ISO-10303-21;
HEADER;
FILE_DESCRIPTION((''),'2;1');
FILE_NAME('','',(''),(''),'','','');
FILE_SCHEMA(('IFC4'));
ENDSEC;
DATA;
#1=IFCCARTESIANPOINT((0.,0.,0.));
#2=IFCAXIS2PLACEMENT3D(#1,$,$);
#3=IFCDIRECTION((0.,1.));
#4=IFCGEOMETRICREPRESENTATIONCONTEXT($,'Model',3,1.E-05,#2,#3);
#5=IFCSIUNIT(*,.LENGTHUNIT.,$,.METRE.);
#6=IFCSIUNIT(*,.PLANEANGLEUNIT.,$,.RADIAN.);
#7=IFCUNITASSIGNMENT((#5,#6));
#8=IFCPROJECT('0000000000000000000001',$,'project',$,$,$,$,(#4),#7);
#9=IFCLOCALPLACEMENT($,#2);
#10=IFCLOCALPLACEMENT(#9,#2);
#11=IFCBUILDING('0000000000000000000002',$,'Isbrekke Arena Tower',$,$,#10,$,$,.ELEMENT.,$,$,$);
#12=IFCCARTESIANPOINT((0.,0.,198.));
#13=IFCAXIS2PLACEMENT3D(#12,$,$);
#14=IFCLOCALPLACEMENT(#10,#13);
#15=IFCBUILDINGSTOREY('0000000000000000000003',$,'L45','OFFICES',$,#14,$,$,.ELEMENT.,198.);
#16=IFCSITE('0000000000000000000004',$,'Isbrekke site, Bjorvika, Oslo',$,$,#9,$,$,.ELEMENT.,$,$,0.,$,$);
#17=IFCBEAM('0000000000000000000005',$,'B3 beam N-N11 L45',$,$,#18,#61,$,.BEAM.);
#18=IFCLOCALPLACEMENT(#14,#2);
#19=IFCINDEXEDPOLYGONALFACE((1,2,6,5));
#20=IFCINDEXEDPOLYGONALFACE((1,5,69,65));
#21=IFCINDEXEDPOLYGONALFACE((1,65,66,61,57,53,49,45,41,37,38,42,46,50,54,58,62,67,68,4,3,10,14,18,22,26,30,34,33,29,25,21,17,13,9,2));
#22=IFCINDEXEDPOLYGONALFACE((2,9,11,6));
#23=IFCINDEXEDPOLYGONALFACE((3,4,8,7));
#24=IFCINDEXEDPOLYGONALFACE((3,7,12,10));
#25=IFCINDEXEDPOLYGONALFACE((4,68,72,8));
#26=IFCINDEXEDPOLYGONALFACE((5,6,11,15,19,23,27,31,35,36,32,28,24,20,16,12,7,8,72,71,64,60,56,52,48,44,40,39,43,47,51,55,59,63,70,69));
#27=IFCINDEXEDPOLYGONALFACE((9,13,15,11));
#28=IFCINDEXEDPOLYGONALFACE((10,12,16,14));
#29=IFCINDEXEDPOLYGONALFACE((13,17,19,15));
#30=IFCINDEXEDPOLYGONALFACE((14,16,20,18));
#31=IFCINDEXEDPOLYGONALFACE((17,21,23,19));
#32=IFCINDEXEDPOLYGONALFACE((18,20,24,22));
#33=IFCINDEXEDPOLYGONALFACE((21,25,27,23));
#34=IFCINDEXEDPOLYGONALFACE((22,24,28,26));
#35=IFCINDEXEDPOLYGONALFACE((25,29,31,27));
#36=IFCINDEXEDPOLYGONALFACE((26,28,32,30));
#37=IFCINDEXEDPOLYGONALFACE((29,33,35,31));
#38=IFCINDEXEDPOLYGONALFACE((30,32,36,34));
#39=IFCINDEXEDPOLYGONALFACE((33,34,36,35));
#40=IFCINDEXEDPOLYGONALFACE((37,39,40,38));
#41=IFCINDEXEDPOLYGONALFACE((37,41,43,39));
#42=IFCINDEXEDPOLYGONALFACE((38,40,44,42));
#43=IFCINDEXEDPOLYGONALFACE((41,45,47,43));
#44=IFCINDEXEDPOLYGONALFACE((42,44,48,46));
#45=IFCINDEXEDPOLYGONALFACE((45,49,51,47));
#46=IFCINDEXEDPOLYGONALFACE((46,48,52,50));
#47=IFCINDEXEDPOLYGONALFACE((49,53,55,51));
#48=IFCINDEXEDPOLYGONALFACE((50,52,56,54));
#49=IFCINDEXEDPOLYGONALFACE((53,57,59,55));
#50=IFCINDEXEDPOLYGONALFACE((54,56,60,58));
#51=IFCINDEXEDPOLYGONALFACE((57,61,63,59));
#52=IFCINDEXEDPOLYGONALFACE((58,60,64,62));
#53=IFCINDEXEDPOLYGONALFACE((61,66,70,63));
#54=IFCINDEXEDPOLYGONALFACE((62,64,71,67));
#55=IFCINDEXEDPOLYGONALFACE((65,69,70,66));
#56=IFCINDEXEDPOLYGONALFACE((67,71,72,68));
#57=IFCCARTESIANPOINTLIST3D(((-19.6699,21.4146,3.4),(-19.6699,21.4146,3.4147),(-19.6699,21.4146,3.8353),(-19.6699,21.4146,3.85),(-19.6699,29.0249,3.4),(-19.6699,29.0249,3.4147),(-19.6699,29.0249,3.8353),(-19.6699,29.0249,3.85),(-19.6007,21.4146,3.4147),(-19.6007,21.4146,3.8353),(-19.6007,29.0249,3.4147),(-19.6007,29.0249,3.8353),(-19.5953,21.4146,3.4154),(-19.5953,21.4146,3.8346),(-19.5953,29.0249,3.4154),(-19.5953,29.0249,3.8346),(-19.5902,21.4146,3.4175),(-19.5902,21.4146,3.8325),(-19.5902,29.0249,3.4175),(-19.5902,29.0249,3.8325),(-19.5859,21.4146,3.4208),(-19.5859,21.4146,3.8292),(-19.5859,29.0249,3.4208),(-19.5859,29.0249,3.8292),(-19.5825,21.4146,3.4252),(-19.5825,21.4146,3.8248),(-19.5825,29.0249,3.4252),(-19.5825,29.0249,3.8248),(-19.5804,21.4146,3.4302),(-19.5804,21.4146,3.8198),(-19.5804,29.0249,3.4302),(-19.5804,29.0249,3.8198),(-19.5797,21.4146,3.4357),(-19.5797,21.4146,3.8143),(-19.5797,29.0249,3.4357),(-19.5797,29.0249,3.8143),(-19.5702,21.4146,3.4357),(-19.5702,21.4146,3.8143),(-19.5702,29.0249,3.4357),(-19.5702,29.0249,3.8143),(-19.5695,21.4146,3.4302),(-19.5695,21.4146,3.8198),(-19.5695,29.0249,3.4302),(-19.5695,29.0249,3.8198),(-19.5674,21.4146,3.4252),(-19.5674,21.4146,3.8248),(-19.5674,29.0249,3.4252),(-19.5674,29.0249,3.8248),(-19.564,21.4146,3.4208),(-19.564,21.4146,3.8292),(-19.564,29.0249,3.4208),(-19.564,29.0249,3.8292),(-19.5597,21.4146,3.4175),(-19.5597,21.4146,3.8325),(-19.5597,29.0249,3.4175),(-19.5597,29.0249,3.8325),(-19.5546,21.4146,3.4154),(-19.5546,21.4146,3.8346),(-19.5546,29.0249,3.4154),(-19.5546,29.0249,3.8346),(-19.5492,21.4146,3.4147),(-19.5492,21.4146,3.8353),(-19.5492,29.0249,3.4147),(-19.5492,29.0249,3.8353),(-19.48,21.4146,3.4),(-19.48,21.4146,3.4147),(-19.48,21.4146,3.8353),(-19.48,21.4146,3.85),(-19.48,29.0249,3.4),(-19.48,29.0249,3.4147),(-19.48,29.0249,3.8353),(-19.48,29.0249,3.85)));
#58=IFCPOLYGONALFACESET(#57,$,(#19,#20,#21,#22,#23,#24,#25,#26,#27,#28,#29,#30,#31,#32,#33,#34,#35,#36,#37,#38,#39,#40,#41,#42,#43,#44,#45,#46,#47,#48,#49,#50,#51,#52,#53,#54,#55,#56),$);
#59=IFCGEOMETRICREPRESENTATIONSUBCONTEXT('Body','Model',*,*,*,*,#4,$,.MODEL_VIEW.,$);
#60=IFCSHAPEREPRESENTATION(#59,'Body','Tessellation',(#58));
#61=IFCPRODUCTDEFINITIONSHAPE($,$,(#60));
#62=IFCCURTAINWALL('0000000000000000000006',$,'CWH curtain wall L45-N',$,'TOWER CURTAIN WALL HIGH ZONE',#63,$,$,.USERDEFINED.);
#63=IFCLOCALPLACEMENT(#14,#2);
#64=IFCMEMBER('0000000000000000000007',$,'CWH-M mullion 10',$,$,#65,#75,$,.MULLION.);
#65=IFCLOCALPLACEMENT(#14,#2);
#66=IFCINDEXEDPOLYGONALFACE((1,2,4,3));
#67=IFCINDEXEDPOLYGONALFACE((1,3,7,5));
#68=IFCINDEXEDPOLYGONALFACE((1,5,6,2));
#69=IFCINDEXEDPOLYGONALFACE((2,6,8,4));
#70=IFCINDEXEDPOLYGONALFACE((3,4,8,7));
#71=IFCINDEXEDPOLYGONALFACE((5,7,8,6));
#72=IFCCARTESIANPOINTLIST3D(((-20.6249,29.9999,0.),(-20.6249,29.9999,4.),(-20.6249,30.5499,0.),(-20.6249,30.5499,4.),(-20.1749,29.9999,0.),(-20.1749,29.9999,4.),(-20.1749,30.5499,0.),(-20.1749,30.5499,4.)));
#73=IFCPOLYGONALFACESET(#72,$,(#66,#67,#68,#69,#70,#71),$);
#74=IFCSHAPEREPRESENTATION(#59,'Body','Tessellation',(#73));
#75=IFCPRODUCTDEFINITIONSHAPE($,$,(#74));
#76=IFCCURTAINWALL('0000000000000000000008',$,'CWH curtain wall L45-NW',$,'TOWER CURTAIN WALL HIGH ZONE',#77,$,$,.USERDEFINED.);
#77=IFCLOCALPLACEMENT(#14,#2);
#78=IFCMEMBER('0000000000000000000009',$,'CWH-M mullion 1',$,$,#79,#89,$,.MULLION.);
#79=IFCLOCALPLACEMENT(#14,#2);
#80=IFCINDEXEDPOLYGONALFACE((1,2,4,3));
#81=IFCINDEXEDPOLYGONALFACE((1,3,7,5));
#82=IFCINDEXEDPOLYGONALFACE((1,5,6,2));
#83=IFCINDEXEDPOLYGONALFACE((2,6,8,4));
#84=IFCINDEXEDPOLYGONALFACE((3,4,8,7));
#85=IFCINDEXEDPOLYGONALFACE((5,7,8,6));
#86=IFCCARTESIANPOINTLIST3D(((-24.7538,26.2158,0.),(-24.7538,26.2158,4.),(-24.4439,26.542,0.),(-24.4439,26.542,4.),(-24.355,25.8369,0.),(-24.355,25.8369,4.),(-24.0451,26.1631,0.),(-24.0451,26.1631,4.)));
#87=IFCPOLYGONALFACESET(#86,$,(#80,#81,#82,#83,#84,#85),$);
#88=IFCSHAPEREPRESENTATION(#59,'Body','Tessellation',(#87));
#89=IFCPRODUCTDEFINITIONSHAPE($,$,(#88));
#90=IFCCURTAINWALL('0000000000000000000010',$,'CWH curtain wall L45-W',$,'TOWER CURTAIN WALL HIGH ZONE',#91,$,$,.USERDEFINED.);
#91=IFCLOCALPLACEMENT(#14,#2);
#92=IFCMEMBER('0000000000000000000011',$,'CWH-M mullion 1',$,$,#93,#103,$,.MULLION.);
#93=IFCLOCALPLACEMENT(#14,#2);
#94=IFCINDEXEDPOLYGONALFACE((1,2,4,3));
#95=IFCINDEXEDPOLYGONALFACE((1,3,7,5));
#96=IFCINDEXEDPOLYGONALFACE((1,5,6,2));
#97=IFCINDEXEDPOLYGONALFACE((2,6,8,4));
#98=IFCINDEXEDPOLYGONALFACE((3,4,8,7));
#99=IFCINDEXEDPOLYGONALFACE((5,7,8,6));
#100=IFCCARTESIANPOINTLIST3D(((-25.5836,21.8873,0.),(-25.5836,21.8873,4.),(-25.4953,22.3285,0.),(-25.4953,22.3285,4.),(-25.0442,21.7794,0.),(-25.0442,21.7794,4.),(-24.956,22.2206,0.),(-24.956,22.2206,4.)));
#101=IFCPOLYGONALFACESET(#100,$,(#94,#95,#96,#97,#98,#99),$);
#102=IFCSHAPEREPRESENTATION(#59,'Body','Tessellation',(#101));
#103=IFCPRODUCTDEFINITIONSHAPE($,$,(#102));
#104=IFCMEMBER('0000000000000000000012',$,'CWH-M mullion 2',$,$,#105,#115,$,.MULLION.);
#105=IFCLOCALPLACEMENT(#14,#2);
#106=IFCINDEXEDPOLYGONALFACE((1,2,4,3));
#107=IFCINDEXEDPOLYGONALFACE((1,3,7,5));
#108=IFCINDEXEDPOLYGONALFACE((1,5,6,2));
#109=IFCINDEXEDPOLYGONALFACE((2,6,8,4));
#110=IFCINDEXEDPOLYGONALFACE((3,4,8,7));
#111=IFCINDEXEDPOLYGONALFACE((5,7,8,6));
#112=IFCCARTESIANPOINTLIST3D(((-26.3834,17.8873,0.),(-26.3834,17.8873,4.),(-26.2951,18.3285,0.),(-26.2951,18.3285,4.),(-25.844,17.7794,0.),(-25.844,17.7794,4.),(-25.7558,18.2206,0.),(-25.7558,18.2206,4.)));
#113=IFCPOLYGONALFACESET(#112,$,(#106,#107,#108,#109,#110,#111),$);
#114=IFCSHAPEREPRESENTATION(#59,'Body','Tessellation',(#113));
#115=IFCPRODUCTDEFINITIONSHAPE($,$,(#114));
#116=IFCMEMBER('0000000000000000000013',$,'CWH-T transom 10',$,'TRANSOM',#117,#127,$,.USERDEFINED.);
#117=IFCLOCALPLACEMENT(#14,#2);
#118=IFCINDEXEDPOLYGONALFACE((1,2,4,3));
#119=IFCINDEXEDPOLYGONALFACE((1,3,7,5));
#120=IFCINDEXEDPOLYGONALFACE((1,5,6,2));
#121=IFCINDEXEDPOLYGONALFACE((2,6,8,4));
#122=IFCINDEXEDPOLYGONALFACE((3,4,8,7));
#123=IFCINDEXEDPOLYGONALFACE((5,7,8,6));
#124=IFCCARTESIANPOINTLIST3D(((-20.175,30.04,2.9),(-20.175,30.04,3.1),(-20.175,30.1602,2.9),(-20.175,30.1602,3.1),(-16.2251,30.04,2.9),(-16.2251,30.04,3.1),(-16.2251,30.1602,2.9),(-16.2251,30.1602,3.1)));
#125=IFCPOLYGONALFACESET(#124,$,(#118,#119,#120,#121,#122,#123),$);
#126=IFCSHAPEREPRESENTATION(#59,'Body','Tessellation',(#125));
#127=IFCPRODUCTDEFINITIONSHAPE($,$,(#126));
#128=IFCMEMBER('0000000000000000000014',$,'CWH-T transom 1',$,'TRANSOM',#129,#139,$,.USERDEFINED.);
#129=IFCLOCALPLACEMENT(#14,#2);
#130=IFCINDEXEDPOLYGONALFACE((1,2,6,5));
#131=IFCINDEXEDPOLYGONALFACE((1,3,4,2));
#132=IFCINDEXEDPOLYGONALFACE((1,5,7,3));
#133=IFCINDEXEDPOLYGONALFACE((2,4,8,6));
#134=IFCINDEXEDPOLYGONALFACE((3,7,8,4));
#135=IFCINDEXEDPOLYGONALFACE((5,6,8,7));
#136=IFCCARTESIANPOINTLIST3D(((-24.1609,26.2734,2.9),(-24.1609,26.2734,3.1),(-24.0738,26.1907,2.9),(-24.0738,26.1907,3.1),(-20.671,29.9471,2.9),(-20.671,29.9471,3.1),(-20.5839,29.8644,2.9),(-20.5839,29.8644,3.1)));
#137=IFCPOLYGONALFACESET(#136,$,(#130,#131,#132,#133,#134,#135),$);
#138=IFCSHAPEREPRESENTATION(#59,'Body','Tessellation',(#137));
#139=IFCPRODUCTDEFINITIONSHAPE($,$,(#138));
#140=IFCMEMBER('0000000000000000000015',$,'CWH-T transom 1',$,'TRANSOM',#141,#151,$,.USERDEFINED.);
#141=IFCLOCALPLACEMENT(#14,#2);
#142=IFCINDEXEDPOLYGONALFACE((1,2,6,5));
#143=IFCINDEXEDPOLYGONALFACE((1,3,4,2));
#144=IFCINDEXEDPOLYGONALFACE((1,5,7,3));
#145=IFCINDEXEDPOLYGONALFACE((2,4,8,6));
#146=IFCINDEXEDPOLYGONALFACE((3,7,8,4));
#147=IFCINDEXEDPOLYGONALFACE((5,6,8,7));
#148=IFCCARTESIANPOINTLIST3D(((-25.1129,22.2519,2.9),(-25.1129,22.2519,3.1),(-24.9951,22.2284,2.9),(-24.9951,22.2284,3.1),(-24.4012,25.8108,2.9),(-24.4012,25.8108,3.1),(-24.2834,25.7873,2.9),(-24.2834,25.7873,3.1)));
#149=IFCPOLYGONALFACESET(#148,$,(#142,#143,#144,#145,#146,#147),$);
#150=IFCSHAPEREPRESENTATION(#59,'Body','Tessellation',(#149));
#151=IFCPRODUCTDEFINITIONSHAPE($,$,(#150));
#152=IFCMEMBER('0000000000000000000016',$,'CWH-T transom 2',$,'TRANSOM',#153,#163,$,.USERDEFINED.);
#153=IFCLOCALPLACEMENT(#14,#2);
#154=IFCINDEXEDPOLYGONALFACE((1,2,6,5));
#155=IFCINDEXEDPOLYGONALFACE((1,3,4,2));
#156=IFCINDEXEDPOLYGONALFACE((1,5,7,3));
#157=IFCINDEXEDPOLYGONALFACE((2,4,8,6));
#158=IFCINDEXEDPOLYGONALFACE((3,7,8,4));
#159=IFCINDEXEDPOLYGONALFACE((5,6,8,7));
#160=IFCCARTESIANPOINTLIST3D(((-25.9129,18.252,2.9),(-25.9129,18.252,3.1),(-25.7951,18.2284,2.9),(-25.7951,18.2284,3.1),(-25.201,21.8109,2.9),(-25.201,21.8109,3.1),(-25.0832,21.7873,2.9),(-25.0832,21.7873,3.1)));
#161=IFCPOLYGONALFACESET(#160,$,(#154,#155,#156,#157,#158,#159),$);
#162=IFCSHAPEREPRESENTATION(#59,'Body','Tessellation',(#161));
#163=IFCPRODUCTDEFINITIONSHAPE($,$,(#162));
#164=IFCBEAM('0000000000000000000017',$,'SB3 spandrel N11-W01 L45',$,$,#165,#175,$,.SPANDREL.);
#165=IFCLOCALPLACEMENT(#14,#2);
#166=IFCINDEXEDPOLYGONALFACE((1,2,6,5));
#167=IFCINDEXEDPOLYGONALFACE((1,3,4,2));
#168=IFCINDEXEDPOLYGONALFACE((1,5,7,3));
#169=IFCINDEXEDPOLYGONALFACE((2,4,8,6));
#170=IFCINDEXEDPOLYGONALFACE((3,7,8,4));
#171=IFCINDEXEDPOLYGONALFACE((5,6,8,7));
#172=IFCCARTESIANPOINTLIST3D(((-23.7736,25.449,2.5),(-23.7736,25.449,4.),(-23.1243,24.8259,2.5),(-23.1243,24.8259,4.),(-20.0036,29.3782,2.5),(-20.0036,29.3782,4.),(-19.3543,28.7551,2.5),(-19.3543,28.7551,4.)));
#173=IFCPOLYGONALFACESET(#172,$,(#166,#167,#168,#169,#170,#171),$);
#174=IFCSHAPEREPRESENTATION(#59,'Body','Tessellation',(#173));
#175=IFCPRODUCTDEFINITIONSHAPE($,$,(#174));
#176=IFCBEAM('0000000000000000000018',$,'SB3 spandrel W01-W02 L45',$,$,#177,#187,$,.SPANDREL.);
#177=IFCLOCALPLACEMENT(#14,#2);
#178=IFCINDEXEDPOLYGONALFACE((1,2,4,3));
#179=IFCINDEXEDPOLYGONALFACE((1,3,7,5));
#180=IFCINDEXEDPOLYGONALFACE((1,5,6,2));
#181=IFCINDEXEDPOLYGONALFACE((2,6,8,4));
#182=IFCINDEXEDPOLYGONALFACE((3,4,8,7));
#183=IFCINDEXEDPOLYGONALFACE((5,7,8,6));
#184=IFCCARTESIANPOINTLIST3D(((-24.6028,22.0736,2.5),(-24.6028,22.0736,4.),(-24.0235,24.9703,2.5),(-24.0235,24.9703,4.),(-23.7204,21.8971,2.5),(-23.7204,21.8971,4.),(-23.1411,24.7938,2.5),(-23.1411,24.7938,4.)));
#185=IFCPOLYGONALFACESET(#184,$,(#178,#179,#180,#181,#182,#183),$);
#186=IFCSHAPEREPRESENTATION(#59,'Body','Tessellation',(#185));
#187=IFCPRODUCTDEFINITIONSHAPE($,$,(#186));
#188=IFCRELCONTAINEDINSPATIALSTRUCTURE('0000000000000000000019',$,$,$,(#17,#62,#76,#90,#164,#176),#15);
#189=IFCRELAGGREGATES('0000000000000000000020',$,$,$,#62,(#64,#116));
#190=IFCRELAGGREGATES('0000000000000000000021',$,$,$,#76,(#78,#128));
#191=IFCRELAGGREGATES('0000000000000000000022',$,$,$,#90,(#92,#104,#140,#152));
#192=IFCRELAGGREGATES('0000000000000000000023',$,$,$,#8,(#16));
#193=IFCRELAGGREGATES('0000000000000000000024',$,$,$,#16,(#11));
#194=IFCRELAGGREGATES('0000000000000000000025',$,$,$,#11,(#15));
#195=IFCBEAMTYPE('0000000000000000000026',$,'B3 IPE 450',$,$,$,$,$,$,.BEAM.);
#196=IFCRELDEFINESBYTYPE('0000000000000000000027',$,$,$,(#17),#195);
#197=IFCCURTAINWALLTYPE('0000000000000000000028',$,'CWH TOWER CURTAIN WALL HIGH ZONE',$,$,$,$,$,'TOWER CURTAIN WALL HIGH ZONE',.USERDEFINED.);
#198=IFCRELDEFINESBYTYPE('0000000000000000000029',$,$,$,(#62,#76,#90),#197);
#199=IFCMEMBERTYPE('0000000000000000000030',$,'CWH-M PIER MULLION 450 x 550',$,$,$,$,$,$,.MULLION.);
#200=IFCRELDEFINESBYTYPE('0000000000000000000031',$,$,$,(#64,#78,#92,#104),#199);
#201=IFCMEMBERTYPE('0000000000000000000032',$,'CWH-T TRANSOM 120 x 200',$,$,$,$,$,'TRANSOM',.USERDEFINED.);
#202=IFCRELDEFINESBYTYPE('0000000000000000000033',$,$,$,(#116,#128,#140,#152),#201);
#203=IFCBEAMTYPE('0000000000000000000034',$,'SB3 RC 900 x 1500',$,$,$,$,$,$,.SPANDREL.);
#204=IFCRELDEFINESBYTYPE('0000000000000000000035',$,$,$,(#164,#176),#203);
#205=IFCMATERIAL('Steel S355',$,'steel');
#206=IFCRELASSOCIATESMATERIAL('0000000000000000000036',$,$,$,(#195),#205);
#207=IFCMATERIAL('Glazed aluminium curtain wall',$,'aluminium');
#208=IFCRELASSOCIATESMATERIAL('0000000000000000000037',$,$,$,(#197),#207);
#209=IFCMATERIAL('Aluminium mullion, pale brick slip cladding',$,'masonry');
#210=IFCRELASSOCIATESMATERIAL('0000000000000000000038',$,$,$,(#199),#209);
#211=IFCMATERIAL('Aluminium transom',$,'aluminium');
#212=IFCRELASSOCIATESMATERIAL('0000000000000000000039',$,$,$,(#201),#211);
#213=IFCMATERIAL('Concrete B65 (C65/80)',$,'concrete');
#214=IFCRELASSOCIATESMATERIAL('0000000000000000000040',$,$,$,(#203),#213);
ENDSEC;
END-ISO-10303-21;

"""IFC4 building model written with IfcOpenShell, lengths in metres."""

from ifc_helpers import new_model, si_unit, direction, frame, origin, origin_2d, place, context, subcontext, project, spatial, rectangle, i_section, extrude, material, material_profile, profile_set, type_object, element, aggregate, save


model = new_model("IFC4")

# Units and contexts
model_context = context("Model", 3, precision=1e-05, world=origin(), true_north=direction((0.0, 1.0)))
body_context = subcontext(model_context, "Body", "Model", "MODEL_VIEW")
ifc_project = project(units=[si_unit("LENGTHUNIT", "METRE"), si_unit("PLANEANGLEUNIT", "RADIAN")], contexts=[model_context])

# Site, building, storey
site_placement = place(None, origin())
site = spatial("IfcSite", under=ifc_project, at=site_placement, Name="Isbrekke site, Bjorvika, Oslo", CompositionType="ELEMENT", RefElevation=0.0)
building_placement = place(site_placement, origin())
building = spatial("IfcBuilding", under=site, at=building_placement, Name="Isbrekke Arena Tower", CompositionType="ELEMENT")
storey_placement = place(building_placement, frame((0.0, 0.0, 198.0)))
storey = spatial("IfcBuildingStorey", under=building, at=storey_placement, Name="L45", Description="OFFICES", CompositionType="ELEMENT", Elevation=198.0)

# Beam
ifc_material_1 = material(Name="Steel S355", Category="steel")
ifc_material_profile_1 = material_profile(ifc_material_1, i_section(OverallWidth=0.1899, OverallDepth=0.45, WebThickness=0.0095, FlangeThickness=0.0146, FilletRadius=0.021, at=origin_2d()), Name="IPE 450")
ifc_profile_set_1 = profile_set([ifc_material_profile_1], Name="Steel S355")
beam_type_1 = type_object("IfcBeamType", Name="B3 IPE 450", PredefinedType="BEAM", material=ifc_profile_set_1)
beam_1_placement = place(storey_placement, frame((-19.575, 29.0249, 3.625), z_axis=(0.0, -1.0, 0.0), x_axis=(1.0, 0.0, 0.0)))
element("IfcBeam", 1, at=beam_1_placement, inside=storey, type_object=beam_type_1, Name="B3 beam N-N11 L45", PredefinedType="BEAM", context=body_context, shape_type="SweptSolid", body=[
    extrude(i_section(OverallWidth=0.1899, OverallDepth=0.45, WebThickness=0.0095, FlangeThickness=0.0146, FilletRadius=0.021, at=origin_2d()), origin(), (0.0, 0.0, 1.0), 7.6104),
])

# Curtain walls, members
ifc_material_2 = material(Name="Glazed aluminium curtain wall", Category="aluminium")
curtain_wall_type = type_object("IfcCurtainWallType", Name="CWH TOWER CURTAIN WALL HIGH ZONE", ElementType="TOWER CURTAIN WALL HIGH ZONE", PredefinedType="USERDEFINED", material=ifc_material_2)
curtain_wall_1_placement = place(storey_placement, origin())
curtain_wall_1 = element("IfcCurtainWall", 2, at=curtain_wall_1_placement, inside=storey, type_object=curtain_wall_type, Name="CWH curtain wall L45-N", ObjectType="TOWER CURTAIN WALL HIGH ZONE", PredefinedType="USERDEFINED")
ifc_material_3 = material(Name="Aluminium mullion, pale brick slip cladding", Category="masonry")
ifc_material_profile_2 = material_profile(ifc_material_3, rectangle(XDim=0.45, YDim=0.55, at=origin_2d()), Name="PIER 450X550")
ifc_profile_set_2 = profile_set([ifc_material_profile_2], Name="Aluminium mullion, pale brick slip cladding")
member_type_1 = type_object("IfcMemberType", Name="CWH-M PIER MULLION 450 x 550", PredefinedType="MULLION", material=ifc_profile_set_2)
member_1_placement = place(storey_placement, frame((-20.3999, 30.2749, 0.0), z_axis=(0.0, 0.0, 1.0), x_axis=(-1.0, 0.0, 0.0)))
member_1 = element("IfcMember", 3, at=member_1_placement, type_object=member_type_1, Name="CWH-M mullion 10", PredefinedType="MULLION", context=body_context, shape_type="SweptSolid", body=[
    extrude(rectangle(XDim=0.45, YDim=0.55, at=origin_2d()), origin(), (0.0, 0.0, 1.0), 4.0),
])
curtain_wall_2_placement = place(storey_placement, origin())
curtain_wall_2 = element("IfcCurtainWall", 4, at=curtain_wall_2_placement, inside=storey, type_object=curtain_wall_type, Name="CWH curtain wall L45-NW", ObjectType="TOWER CURTAIN WALL HIGH ZONE", PredefinedType="USERDEFINED")
member_2_placement = place(storey_placement, frame((-24.3994, 26.1895, 0.0), z_axis=(0.0, 0.0, 1.0), x_axis=(-0.688749, -0.724999, 0.0)))
member_2 = element("IfcMember", 5, at=member_2_placement, type_object=member_type_1, Name="CWH-M mullion 1", PredefinedType="MULLION", context=body_context, shape_type="SweptSolid", body=[
    extrude(rectangle(XDim=0.45, YDim=0.55, at=origin_2d()), origin(), (0.0, 0.0, 1.0), 4.0),
])

# Curtain wall, members
curtain_wall_3_placement = place(storey_placement, origin())
curtain_wall_3 = element("IfcCurtainWall", 6, at=curtain_wall_3_placement, inside=storey, type_object=curtain_wall_type, Name="CWH curtain wall L45-W", ObjectType="TOWER CURTAIN WALL HIGH ZONE", PredefinedType="USERDEFINED")
member_3_placement = place(storey_placement, frame((-25.2698, 22.054, 0.0), z_axis=(0.0, 0.0, 1.0), x_axis=(-0.196116, -0.980581, 0.0)))
member_3 = element("IfcMember", 7, at=member_3_placement, type_object=member_type_1, Name="CWH-M mullion 1", PredefinedType="MULLION", context=body_context, shape_type="SweptSolid", body=[
    extrude(rectangle(XDim=0.45, YDim=0.55, at=origin_2d()), origin(), (0.0, 0.0, 1.0), 4.0),
])
member_4_placement = place(storey_placement, frame((-26.0696, 18.054, 0.0), z_axis=(0.0, 0.0, 1.0), x_axis=(-0.196116, -0.980581, 0.0)))
member_4 = element("IfcMember", 8, at=member_4_placement, type_object=member_type_1, Name="CWH-M mullion 2", PredefinedType="MULLION", context=body_context, shape_type="SweptSolid", body=[
    extrude(rectangle(XDim=0.45, YDim=0.55, at=origin_2d()), origin(), (0.0, 0.0, 1.0), 4.0),
])

# Members
ifc_material_4 = material(Name="Aluminium transom", Category="aluminium")
ifc_material_profile_3 = material_profile(ifc_material_4, rectangle(XDim=0.1201, YDim=0.2, at=origin_2d()), Name="TRANSOM 120X200")
ifc_profile_set_3 = profile_set([ifc_material_profile_3], Name="Aluminium transom")
member_type_2 = type_object("IfcMemberType", Name="CWH-T TRANSOM 120 x 200", ElementType="TRANSOM", PredefinedType="USERDEFINED", material=ifc_profile_set_3)
member_5_placement = place(storey_placement, frame((-16.2251, 30.1001, 3.0), z_axis=(-1.0, 0.0, 0.0), x_axis=(0.0, -1.0, 0.0)))
member_5 = element("IfcMember", 9, at=member_5_placement, type_object=member_type_2, Name="CWH-T transom 10", ObjectType="TRANSOM", PredefinedType="USERDEFINED", context=body_context, shape_type="SweptSolid", body=[
    extrude(rectangle(XDim=0.1201, YDim=0.2, at=origin_2d()), origin(), (0.0, 0.0, 1.0), 3.95),
])
member_6_placement = place(storey_placement, frame((-20.6274, 29.9058, 3.0), z_axis=(-0.688734, -0.725014, 0.0), x_axis=(0.725014, -0.688734, 0.0)))
member_6 = element("IfcMember", 10, at=member_6_placement, type_object=member_type_2, Name="CWH-T transom 1", ObjectType="TRANSOM", PredefinedType="USERDEFINED", context=body_context, shape_type="SweptSolid", body=[
    extrude(rectangle(XDim=0.1201, YDim=0.2, at=origin_2d()), origin(), (0.0, 0.0, 1.0), 5.0671),
])
member_7_placement = place(storey_placement, frame((-24.3423, 25.7991, 3.0), z_axis=(-0.19609, -0.980586, 0.0), x_axis=(0.980586, -0.19609, 0.0)))
member_7 = element("IfcMember", 11, at=member_7_placement, type_object=member_type_2, Name="CWH-T transom 1", ObjectType="TRANSOM", PredefinedType="USERDEFINED", context=body_context, shape_type="SweptSolid", body=[
    extrude(rectangle(XDim=0.1201, YDim=0.2, at=origin_2d()), origin(), (0.0, 0.0, 1.0), 3.6294),
])
member_8_placement = place(storey_placement, frame((-25.1421, 21.7991, 3.0), z_axis=(-0.196155, -0.980573, 0.0), x_axis=(0.980573, -0.196155, 0.0)))
member_8 = element("IfcMember", 12, at=member_8_placement, type_object=member_type_2, Name="CWH-T transom 2", ObjectType="TRANSOM", PredefinedType="USERDEFINED", context=body_context, shape_type="SweptSolid", body=[
    extrude(rectangle(XDim=0.1201, YDim=0.2, at=origin_2d()), origin(), (0.0, 0.0, 1.0), 3.6294),
])

# Beams
ifc_material_5 = material(Name="Concrete B65 (C65/80)", Category="concrete")
ifc_material_profile_4 = material_profile(ifc_material_5, rectangle(XDim=0.8999, YDim=1.5, at=origin_2d()), Name="RC 900x1500")
ifc_profile_set_4 = profile_set([ifc_material_profile_4], Name="Concrete B65 (C65/80)")
beam_type_2 = type_object("IfcBeamType", Name="SB3 RC 900 x 1500", PredefinedType="SPANDREL", material=ifc_profile_set_4)
beam_2_placement = place(storey_placement, frame((-19.679, 29.0667, 3.25), z_axis=(-0.69234, -0.721572, 0.0), x_axis=(0.721572, -0.69234, 0.0)))
element("IfcBeam", 13, at=beam_2_placement, inside=storey, type_object=beam_type_2, Name="SB3 spandrel N11-W01 L45", PredefinedType="SPANDREL", context=body_context, shape_type="SweptSolid", body=[
    extrude(rectangle(XDim=0.8999, YDim=1.5, at=origin_2d()), origin(), (0.0, 0.0, 1.0), 5.4453),
])
beam_3_placement = place(storey_placement, frame((-23.5823, 24.8821, 3.25), z_axis=(-0.196116, -0.980581, 0.0), x_axis=(0.980581, -0.196116, 0.0)))
element("IfcBeam", 14, at=beam_3_placement, inside=storey, type_object=beam_type_2, Name="SB3 spandrel W01-W02 L45", PredefinedType="SPANDREL", context=body_context, shape_type="SweptSolid", body=[
    extrude(rectangle(XDim=0.8999, YDim=1.5, at=origin_2d()), origin(), (0.0, 0.0, 1.0), 2.9541),
])

aggregate(curtain_wall_1, [member_1, member_5])
aggregate(curtain_wall_2, [member_2, member_6])
aggregate(curtain_wall_3, [member_3, member_4, member_7, member_8])

save(model, "model.ifc")
